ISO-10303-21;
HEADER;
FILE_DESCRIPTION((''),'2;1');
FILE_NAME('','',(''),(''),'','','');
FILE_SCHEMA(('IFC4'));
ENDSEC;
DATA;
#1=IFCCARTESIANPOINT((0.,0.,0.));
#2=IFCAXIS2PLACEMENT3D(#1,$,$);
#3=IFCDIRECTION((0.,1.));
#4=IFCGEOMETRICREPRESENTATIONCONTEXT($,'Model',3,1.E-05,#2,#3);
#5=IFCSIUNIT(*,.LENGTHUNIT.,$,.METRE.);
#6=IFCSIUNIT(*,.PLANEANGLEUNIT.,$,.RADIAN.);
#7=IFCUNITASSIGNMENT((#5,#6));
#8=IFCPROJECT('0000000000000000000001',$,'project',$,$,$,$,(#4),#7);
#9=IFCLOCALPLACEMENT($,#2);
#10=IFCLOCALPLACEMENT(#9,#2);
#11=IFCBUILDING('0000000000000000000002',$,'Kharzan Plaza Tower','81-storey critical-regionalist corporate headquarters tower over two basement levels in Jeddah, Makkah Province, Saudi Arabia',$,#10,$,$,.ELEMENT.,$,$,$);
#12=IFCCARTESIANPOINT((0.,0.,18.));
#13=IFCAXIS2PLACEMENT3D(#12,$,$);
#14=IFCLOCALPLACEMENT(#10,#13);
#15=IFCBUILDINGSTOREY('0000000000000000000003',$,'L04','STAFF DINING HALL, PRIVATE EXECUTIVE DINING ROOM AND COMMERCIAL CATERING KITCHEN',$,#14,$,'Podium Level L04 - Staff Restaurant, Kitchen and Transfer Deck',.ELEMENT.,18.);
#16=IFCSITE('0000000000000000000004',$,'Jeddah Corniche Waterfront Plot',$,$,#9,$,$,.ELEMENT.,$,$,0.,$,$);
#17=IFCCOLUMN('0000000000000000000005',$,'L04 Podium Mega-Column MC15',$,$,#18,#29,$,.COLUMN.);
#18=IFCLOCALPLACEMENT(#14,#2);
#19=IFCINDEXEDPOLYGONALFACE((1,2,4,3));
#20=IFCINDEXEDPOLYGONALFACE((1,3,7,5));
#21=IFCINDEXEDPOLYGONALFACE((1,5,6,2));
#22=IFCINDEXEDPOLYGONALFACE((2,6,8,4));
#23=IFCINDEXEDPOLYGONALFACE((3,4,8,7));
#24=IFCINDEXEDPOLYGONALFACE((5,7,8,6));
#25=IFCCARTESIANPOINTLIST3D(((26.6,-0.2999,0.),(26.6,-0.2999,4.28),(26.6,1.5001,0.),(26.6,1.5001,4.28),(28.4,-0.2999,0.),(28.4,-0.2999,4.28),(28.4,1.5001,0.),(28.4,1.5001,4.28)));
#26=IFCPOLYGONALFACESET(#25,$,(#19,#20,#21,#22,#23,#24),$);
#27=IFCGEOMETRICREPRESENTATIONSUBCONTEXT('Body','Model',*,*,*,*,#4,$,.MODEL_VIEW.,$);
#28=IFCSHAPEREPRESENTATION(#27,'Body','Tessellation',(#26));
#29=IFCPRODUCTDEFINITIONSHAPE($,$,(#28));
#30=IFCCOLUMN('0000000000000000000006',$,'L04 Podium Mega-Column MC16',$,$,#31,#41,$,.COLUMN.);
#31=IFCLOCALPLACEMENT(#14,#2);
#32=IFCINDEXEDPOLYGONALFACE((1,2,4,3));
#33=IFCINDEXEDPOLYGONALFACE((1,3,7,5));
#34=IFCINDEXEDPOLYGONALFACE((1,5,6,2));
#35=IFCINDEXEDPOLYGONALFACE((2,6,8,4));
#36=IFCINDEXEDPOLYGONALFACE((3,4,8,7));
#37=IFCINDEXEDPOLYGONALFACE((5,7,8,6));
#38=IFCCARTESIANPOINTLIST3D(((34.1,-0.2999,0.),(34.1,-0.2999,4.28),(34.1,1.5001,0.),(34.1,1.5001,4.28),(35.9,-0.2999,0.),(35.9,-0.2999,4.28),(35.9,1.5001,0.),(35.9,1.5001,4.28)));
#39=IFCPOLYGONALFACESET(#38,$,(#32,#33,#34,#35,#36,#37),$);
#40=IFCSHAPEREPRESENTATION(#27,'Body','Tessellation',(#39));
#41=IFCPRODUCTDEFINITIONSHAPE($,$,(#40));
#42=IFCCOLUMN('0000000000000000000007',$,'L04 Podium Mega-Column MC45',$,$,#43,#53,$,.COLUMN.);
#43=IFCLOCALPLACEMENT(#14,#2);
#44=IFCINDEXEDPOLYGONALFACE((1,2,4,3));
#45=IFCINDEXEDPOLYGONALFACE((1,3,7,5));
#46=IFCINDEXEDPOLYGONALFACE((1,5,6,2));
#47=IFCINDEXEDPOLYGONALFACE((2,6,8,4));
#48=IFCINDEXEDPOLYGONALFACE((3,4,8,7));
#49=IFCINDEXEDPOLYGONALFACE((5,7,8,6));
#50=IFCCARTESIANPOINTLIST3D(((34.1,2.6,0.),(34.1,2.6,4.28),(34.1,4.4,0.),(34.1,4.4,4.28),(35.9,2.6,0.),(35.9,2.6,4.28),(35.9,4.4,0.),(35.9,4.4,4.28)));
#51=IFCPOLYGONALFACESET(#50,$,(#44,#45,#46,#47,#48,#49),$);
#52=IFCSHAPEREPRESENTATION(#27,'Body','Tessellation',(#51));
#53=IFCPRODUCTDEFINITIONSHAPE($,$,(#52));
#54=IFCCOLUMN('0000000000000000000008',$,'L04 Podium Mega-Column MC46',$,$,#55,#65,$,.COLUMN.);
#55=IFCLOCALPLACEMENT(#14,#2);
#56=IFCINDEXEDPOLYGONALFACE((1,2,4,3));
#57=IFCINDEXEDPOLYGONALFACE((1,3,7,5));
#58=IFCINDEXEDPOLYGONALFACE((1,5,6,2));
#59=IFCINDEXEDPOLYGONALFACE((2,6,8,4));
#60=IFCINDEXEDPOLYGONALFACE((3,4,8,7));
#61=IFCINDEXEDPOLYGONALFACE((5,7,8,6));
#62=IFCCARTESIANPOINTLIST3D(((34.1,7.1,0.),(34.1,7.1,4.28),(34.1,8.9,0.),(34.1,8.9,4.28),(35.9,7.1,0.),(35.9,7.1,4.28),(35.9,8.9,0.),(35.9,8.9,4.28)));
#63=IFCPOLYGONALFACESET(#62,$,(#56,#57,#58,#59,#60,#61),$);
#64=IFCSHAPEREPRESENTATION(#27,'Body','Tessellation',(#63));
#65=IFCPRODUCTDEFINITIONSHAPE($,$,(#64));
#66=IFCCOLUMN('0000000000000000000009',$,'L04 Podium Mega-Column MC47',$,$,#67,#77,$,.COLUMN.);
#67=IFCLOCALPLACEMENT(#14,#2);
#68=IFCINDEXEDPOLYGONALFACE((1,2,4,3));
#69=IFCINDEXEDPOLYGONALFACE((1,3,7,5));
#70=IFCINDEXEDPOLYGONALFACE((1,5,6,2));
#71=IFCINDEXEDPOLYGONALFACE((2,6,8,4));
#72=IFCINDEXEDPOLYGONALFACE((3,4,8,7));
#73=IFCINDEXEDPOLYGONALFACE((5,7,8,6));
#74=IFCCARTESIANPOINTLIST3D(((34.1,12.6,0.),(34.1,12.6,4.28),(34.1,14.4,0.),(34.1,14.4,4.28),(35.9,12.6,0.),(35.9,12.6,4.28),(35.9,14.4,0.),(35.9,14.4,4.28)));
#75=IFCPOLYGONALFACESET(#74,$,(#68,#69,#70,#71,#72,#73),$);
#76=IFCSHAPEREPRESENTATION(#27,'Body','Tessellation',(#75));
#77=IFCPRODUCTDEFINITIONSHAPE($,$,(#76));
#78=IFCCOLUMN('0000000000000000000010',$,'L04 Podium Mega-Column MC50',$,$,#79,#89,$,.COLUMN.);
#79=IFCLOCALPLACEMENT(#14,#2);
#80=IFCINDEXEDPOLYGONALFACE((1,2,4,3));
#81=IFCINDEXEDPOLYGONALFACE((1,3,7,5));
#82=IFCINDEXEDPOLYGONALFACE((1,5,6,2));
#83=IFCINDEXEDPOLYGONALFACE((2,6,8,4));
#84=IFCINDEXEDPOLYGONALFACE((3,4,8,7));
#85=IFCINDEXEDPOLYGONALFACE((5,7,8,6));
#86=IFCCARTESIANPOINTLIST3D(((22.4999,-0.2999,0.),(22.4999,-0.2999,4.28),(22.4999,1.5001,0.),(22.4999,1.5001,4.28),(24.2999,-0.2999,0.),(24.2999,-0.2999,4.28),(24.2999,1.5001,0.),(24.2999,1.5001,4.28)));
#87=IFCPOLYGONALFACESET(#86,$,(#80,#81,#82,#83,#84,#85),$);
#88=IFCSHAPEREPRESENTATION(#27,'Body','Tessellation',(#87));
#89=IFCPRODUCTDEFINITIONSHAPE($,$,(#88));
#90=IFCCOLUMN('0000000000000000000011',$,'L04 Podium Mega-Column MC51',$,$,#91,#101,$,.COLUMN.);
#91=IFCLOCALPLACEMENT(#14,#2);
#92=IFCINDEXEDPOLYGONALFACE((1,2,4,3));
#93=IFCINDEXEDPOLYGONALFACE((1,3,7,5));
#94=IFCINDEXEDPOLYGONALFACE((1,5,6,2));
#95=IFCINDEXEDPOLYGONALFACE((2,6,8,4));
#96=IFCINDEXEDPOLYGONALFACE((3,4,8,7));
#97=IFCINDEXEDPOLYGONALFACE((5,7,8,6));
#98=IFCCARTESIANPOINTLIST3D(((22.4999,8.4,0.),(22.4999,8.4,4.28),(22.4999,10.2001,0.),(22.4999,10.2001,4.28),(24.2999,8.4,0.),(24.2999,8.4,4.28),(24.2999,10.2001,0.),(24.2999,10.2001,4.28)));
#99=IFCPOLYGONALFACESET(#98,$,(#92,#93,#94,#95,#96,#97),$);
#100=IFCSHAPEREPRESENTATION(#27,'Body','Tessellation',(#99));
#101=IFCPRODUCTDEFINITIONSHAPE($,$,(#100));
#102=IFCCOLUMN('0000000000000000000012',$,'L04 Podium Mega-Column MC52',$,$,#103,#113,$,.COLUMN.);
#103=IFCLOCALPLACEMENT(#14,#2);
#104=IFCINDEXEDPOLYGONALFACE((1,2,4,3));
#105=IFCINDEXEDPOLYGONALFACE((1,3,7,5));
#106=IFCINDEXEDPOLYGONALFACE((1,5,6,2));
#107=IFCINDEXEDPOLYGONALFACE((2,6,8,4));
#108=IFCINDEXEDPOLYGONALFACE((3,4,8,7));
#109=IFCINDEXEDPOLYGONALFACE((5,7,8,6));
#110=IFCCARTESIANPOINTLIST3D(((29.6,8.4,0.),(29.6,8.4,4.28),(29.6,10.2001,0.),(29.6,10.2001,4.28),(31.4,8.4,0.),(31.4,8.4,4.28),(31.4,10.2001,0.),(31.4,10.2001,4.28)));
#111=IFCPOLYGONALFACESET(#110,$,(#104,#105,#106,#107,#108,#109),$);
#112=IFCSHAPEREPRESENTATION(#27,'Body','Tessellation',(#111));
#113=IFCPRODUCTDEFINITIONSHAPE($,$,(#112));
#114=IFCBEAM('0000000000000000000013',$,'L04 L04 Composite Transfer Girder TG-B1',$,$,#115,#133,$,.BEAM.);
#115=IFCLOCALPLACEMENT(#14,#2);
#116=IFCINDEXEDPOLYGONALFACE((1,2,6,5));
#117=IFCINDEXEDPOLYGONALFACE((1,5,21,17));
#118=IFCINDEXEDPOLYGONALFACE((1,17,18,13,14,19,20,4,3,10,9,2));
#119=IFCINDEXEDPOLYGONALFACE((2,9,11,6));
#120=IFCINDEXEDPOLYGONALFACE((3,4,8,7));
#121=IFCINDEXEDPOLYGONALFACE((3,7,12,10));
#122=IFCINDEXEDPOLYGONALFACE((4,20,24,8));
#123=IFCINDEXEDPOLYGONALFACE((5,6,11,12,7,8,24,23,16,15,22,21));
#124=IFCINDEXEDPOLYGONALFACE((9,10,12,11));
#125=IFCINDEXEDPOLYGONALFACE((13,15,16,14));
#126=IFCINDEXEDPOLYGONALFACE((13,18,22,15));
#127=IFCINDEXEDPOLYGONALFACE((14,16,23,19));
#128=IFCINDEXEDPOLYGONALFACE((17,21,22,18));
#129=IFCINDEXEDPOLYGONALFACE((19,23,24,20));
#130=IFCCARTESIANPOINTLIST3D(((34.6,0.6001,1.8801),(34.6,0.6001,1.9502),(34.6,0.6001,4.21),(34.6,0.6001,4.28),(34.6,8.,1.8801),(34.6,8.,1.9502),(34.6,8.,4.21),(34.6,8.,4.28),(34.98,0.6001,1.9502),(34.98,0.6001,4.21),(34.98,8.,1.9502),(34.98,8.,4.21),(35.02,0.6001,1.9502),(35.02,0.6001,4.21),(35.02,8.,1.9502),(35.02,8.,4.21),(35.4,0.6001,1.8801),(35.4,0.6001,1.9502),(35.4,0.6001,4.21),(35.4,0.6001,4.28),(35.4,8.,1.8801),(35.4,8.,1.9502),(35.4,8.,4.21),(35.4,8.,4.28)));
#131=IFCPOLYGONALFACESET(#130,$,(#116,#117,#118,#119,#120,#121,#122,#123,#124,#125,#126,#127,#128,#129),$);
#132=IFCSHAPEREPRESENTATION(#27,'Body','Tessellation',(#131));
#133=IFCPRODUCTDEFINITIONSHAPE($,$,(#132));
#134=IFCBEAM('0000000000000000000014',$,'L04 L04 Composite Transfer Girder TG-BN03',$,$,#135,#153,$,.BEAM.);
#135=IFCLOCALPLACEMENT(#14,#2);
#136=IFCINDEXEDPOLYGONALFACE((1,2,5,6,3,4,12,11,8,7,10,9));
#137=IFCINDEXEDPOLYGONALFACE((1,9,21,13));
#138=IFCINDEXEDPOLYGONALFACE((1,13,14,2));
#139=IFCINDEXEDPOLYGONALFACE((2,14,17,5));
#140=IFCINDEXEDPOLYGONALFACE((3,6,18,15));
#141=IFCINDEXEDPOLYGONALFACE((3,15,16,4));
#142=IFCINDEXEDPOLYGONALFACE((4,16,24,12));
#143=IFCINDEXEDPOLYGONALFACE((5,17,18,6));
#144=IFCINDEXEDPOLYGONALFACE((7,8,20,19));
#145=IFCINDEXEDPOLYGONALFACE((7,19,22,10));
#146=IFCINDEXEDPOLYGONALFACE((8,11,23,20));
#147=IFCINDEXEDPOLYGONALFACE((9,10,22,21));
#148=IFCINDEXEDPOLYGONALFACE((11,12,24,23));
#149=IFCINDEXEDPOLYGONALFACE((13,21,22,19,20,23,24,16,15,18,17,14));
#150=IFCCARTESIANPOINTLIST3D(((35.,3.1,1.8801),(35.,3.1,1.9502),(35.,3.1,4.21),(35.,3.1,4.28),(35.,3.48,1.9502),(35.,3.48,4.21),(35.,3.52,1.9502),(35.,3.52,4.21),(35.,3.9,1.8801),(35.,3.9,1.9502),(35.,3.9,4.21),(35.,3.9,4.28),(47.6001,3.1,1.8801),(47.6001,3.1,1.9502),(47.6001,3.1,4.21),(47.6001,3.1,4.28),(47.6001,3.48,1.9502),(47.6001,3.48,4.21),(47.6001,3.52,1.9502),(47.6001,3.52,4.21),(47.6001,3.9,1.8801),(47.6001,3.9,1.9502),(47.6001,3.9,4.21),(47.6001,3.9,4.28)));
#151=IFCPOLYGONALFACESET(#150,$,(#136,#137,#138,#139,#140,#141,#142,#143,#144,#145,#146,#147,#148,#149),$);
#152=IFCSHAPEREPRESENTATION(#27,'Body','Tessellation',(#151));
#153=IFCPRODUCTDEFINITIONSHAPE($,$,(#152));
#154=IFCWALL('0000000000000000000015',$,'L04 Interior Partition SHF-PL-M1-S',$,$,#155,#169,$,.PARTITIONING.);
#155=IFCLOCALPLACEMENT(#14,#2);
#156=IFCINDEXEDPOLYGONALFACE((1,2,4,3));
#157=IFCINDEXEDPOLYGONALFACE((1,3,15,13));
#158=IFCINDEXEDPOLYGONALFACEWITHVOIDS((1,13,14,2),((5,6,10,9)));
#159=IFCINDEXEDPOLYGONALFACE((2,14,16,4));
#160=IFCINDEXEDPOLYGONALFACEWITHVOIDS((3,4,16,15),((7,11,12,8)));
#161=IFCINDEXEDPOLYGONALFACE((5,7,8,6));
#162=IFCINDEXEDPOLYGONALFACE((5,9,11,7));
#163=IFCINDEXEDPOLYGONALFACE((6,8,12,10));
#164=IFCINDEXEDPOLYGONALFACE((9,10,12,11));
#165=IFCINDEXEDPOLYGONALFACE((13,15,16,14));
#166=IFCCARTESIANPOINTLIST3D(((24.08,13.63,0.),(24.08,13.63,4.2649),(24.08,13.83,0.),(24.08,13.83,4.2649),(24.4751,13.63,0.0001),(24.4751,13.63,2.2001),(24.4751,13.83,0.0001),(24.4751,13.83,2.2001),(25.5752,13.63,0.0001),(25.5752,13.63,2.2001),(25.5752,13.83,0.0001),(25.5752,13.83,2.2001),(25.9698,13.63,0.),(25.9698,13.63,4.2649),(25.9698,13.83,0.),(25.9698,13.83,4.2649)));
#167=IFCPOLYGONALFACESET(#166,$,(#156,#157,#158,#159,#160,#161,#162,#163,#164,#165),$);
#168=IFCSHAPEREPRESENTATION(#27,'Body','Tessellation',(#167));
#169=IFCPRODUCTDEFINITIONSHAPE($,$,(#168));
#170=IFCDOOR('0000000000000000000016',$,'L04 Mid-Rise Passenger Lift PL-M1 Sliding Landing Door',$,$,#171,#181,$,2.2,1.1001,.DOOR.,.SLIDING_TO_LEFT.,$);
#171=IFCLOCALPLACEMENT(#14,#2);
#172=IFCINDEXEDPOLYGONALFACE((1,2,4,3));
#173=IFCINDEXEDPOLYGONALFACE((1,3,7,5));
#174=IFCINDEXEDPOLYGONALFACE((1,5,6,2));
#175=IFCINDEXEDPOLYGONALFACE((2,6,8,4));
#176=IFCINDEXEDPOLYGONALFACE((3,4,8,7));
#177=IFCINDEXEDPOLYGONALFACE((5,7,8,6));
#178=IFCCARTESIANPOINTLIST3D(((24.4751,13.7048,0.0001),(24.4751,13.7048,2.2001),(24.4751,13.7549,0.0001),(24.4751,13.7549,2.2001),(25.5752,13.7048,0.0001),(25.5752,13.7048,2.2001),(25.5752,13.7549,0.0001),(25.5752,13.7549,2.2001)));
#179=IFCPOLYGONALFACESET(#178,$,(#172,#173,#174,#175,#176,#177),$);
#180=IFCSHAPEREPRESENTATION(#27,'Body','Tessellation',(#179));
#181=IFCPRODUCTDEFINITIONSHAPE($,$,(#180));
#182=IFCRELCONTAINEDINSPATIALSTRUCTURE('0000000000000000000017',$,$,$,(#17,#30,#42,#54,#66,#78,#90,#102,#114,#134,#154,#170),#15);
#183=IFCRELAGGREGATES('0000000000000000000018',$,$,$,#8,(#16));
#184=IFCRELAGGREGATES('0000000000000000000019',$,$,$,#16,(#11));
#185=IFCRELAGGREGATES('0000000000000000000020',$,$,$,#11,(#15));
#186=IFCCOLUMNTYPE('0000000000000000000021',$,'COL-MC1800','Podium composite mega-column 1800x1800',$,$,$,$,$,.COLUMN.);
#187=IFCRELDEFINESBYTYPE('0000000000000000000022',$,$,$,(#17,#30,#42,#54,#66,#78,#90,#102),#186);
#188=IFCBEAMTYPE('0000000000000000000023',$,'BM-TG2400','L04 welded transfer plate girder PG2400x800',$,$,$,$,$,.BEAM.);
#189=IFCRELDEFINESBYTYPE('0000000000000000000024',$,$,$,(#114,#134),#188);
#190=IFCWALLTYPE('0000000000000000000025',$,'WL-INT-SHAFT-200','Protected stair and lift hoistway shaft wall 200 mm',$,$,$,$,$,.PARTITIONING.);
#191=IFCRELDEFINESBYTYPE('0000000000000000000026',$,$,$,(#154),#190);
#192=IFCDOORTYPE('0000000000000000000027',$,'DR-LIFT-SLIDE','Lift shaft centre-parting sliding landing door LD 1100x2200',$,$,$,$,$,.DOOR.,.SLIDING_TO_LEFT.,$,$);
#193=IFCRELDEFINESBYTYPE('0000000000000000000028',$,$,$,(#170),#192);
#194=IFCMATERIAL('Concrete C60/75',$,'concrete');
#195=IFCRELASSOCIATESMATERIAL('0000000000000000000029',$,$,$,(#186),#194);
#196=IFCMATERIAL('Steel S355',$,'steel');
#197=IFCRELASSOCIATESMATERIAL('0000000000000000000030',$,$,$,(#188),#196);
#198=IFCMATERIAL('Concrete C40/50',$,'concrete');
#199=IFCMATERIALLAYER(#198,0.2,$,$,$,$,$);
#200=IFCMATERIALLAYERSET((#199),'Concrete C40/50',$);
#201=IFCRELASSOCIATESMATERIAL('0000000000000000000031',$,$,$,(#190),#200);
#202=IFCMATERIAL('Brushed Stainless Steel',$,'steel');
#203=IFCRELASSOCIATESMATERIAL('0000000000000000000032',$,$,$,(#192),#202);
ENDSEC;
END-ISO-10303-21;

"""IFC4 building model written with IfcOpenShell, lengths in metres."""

from ifc_helpers import new_model, si_unit, direction, frame, frame_2d, origin, origin_2d, place, context, subcontext, project, spatial, rectangle, i_section, extrude, source, transform, mapped, material, layer, layer_set, material_profile, profile_set, type_object, element, fill, save


model = new_model("IFC4")

# Units and contexts
model_context = context("Model", 3, precision=1e-05, world=origin(), true_north=direction((0.0, 1.0)))
body_context = subcontext(model_context, "Body", "Model", "MODEL_VIEW")
ifc_project = project(units=[si_unit("LENGTHUNIT", "METRE"), si_unit("PLANEANGLEUNIT", "RADIAN")], contexts=[model_context])

# Site, building, storey
site_placement = place(None, origin())
site = spatial("IfcSite", under=ifc_project, at=site_placement, Name="Jeddah Corniche Waterfront Plot", CompositionType="ELEMENT", RefElevation=0.0)
building_placement = place(site_placement, origin())
building = spatial("IfcBuilding", under=site, at=building_placement, Name="Kharzan Plaza Tower", Description="81-storey critical-regionalist corporate headquarters tower over two basement levels in Jeddah, Makkah Province, Saudi Arabia", CompositionType="ELEMENT")
storey_placement = place(building_placement, frame((0.0, 0.0, 18.0)))
storey = spatial("IfcBuildingStorey", under=building, at=storey_placement, Name="L04", Description="STAFF DINING HALL, PRIVATE EXECUTIVE DINING ROOM AND COMMERCIAL CATERING KITCHEN", LongName="Podium Level L04 - Staff Restaurant, Kitchen and Transfer Deck", CompositionType="ELEMENT", Elevation=18.0)

# Columns
ifc_material_1 = material(Name="Concrete C60/75", Category="concrete")
ifc_material_profile_1 = material_profile(ifc_material_1, rectangle(XDim=1.8, YDim=1.8, at=origin_2d()), Name="RC-MC1800x1800")
ifc_profile_set_1 = profile_set([ifc_material_profile_1], Name="Concrete C60/75")
column_type = type_object("IfcColumnType", Name="COL-MC1800", Description="Podium composite mega-column 1800x1800", PredefinedType="COLUMN", material=ifc_profile_set_1)
shared_shape_1 = source(origin(), body_context, "Body", "SweptSolid", [
    extrude(rectangle(XDim=1.8, YDim=1.8, at=origin_2d()), origin(), (0.0, 0.0, 1.0), 4.28),
])
for number, where, z_axis, x_axis, name in (
    (1, (27.5, 0.6001, 0.0), (0.0, 0.0, 1.0), (1.0, 0.0, 0.0), "L04 Podium Mega-Column MC15"),
    (2, (35.0, 0.6001, 0.0), (0.0, 0.0, 1.0), (1.0, 0.0, 0.0), "L04 Podium Mega-Column MC16"),
    (3, (35.0, 3.5, 0.0), (0.0, 0.0, 1.0), (1.0, 0.0, 0.0), "L04 Podium Mega-Column MC45"),
    (4, (35.0, 8.0, 0.0), (0.0, 0.0, 1.0), (1.0, 0.0, 0.0), "L04 Podium Mega-Column MC46"),
    (5, (35.0, 13.5, 0.0), (0.0, 0.0, 1.0), (1.0, 0.0, 0.0), "L04 Podium Mega-Column MC47"),
    (6, (23.3999, 0.6001, 0.0), (0.0, 0.0, 1.0), (1.0, 0.0, 0.0), "L04 Podium Mega-Column MC50"),
    (7, (23.3999, 9.3, 0.0), (0.0, 0.0, 1.0), (1.0, 0.0, 0.0), "L04 Podium Mega-Column MC51"),
    (8, (30.5, 9.3, 0.0), (0.0, 0.0, 1.0), (1.0, 0.0, 0.0), "L04 Podium Mega-Column MC52"),
):
    element("IfcColumn", number, at=place(storey_placement, frame(where, z_axis=z_axis, x_axis=x_axis)), inside=storey, type_object=column_type, Name=name, PredefinedType="COLUMN", context=body_context, shape_type="MappedRepresentation", body=[
        mapped(shared_shape_1, transform((0.0, 0.0, 0.0), x_axis=(1.0, 0.0, 0.0), y_axis=(0.0, 1.0, 0.0), z_axis=(0.0, 0.0, 1.0))),
    ])

# Beams
ifc_material_2 = material(Name="Steel S355", Category="steel")
ifc_material_profile_2 = material_profile(ifc_material_2, i_section(OverallWidth=0.8, OverallDepth=2.3999, WebThickness=0.04, FlangeThickness=0.0701, at=origin_2d()), Name="PG2400x800")
ifc_profile_set_2 = profile_set([ifc_material_profile_2], Name="Steel S355")
beam_type = type_object("IfcBeamType", Name="BM-TG2400", Description="L04 welded transfer plate girder PG2400x800", PredefinedType="BEAM", material=ifc_profile_set_2)
shared_shape_2 = source(origin(), body_context, "Body", "SweptSolid", [
    extrude(i_section(OverallWidth=0.8, OverallDepth=2.3999, WebThickness=0.04, FlangeThickness=0.0701, at=origin_2d()), origin(), (0.0, 0.0, 1.0), 7.3999),
])
beam_1_placement = place(storey_placement, frame((35.0, 0.6001, 3.0801), z_axis=(0.0, 1.0, 0.0), x_axis=(-1.0, 0.0, 0.0)))
element("IfcBeam", 9, at=beam_1_placement, inside=storey, type_object=beam_type, Name="L04 L04 Composite Transfer Girder TG-B1", PredefinedType="BEAM", context=body_context, shape_type="MappedRepresentation", body=[
    mapped(shared_shape_2, transform((0.0, 0.0, 0.0), x_axis=(1.0, 0.0, 0.0), y_axis=(0.0, 1.0, 0.0), z_axis=(0.0, 0.0, 1.0))),
])
shared_shape_3 = source(origin(), body_context, "Body", "SweptSolid", [
    extrude(i_section(OverallWidth=0.8, OverallDepth=2.3999, WebThickness=0.04, FlangeThickness=0.0701, at=origin_2d()), origin(), (0.0, 0.0, 1.0), 12.6001),
])
beam_2_placement = place(storey_placement, frame((35.0, 3.5, 3.0801), z_axis=(1.0, 0.0, 0.0), x_axis=(0.0, 1.0, 0.0)))
element("IfcBeam", 10, at=beam_2_placement, inside=storey, type_object=beam_type, Name="L04 L04 Composite Transfer Girder TG-BN03", PredefinedType="BEAM", context=body_context, shape_type="MappedRepresentation", body=[
    mapped(shared_shape_3, transform((0.0, 0.0, 0.0), x_axis=(1.0, 0.0, 0.0), y_axis=(0.0, 1.0, 0.0), z_axis=(0.0, 0.0, 1.0))),
])

# Wall, opening, door
ifc_material_3 = material(Name="Concrete C40/50", Category="concrete")
ifc_layer_1 = layer(ifc_material_3, 0.2)
ifc_layer_set_1 = layer_set([ifc_layer_1], Name="Concrete C40/50")
wall_type_1 = type_object("IfcWallType", Name="WL-INT-SHAFT-200", Description="Protected stair and lift hoistway shaft wall 200 mm", PredefinedType="PARTITIONING", material=ifc_layer_set_1)
wall_1_placement = place(storey_placement, frame((24.0801, 13.73, 0.0), z_axis=(0.0, 0.0, 1.0), x_axis=(1.0, 0.0, 0.0)))
wall_1 = element("IfcWall", 11, at=wall_1_placement, inside=storey, type_object=wall_type_1, Name="L04 Interior Partition SHF-PL-M1-S", PredefinedType="PARTITIONING", context=body_context, shape_type="SweptSolid", body=[
    extrude(rectangle(XDim=1.8899, YDim=0.2, at=frame_2d((0.9448, 0.0))), origin(), (0.0, 0.0, 1.0), 4.2649),
])
opening_1_placement = place(wall_1_placement, frame((0.395, 0.0, 0.0)))
opening_1 = element("IfcOpeningElement", 12, at=opening_1_placement, cuts=wall_1, PredefinedType="OPENING", context=body_context, shape_type="SweptSolid", body=[
    extrude(rectangle(XDim=1.1001, YDim=2.2, at=frame_2d((0.55, 1.1001))), frame((0.0, 0.1099, 0.0), z_axis=(0.0, -1.0, 0.0), x_axis=(1.0, 0.0, 0.0)), (0.0, 0.0, 1.0), 0.22),
])
ifc_material_4 = material(Name="Brushed Stainless Steel", Category="steel")
door_type = type_object("IfcDoorType", Name="DR-LIFT-SLIDE", Description="Lift shaft centre-parting sliding landing door LD 1100x2200", OperationType="SLIDING_TO_LEFT", PredefinedType="DOOR", material=ifc_material_4)
shared_shape_4 = source(origin(), body_context, "Body", "SweptSolid", [
    extrude(rectangle(XDim=1.1001, YDim=2.2, at=frame_2d((0.55, 1.1001))), frame((0.0, 0.0249, 0.0), z_axis=(0.0, -1.0, 0.0), x_axis=(1.0, 0.0, 0.0)), (0.0, 0.0, 1.0), 0.05),
])
door_placement = place(opening_1_placement, origin())
door = element("IfcDoor", 13, at=door_placement, inside=storey, type_object=door_type, Name="L04 Mid-Rise Passenger Lift PL-M1 Sliding Landing Door", OperationType="SLIDING_TO_LEFT", OverallHeight=2.2, OverallWidth=1.1001, PredefinedType="DOOR", context=body_context, shape_type="MappedRepresentation", body=[
    mapped(shared_shape_4, transform((0.0, 0.0, 0.0), x_axis=(1.0, 0.0, 0.0), y_axis=(0.0, 1.0, 0.0), z_axis=(0.0, 0.0, 1.0))),
])
fill(opening_1, door)

save(model, "model.ifc")
